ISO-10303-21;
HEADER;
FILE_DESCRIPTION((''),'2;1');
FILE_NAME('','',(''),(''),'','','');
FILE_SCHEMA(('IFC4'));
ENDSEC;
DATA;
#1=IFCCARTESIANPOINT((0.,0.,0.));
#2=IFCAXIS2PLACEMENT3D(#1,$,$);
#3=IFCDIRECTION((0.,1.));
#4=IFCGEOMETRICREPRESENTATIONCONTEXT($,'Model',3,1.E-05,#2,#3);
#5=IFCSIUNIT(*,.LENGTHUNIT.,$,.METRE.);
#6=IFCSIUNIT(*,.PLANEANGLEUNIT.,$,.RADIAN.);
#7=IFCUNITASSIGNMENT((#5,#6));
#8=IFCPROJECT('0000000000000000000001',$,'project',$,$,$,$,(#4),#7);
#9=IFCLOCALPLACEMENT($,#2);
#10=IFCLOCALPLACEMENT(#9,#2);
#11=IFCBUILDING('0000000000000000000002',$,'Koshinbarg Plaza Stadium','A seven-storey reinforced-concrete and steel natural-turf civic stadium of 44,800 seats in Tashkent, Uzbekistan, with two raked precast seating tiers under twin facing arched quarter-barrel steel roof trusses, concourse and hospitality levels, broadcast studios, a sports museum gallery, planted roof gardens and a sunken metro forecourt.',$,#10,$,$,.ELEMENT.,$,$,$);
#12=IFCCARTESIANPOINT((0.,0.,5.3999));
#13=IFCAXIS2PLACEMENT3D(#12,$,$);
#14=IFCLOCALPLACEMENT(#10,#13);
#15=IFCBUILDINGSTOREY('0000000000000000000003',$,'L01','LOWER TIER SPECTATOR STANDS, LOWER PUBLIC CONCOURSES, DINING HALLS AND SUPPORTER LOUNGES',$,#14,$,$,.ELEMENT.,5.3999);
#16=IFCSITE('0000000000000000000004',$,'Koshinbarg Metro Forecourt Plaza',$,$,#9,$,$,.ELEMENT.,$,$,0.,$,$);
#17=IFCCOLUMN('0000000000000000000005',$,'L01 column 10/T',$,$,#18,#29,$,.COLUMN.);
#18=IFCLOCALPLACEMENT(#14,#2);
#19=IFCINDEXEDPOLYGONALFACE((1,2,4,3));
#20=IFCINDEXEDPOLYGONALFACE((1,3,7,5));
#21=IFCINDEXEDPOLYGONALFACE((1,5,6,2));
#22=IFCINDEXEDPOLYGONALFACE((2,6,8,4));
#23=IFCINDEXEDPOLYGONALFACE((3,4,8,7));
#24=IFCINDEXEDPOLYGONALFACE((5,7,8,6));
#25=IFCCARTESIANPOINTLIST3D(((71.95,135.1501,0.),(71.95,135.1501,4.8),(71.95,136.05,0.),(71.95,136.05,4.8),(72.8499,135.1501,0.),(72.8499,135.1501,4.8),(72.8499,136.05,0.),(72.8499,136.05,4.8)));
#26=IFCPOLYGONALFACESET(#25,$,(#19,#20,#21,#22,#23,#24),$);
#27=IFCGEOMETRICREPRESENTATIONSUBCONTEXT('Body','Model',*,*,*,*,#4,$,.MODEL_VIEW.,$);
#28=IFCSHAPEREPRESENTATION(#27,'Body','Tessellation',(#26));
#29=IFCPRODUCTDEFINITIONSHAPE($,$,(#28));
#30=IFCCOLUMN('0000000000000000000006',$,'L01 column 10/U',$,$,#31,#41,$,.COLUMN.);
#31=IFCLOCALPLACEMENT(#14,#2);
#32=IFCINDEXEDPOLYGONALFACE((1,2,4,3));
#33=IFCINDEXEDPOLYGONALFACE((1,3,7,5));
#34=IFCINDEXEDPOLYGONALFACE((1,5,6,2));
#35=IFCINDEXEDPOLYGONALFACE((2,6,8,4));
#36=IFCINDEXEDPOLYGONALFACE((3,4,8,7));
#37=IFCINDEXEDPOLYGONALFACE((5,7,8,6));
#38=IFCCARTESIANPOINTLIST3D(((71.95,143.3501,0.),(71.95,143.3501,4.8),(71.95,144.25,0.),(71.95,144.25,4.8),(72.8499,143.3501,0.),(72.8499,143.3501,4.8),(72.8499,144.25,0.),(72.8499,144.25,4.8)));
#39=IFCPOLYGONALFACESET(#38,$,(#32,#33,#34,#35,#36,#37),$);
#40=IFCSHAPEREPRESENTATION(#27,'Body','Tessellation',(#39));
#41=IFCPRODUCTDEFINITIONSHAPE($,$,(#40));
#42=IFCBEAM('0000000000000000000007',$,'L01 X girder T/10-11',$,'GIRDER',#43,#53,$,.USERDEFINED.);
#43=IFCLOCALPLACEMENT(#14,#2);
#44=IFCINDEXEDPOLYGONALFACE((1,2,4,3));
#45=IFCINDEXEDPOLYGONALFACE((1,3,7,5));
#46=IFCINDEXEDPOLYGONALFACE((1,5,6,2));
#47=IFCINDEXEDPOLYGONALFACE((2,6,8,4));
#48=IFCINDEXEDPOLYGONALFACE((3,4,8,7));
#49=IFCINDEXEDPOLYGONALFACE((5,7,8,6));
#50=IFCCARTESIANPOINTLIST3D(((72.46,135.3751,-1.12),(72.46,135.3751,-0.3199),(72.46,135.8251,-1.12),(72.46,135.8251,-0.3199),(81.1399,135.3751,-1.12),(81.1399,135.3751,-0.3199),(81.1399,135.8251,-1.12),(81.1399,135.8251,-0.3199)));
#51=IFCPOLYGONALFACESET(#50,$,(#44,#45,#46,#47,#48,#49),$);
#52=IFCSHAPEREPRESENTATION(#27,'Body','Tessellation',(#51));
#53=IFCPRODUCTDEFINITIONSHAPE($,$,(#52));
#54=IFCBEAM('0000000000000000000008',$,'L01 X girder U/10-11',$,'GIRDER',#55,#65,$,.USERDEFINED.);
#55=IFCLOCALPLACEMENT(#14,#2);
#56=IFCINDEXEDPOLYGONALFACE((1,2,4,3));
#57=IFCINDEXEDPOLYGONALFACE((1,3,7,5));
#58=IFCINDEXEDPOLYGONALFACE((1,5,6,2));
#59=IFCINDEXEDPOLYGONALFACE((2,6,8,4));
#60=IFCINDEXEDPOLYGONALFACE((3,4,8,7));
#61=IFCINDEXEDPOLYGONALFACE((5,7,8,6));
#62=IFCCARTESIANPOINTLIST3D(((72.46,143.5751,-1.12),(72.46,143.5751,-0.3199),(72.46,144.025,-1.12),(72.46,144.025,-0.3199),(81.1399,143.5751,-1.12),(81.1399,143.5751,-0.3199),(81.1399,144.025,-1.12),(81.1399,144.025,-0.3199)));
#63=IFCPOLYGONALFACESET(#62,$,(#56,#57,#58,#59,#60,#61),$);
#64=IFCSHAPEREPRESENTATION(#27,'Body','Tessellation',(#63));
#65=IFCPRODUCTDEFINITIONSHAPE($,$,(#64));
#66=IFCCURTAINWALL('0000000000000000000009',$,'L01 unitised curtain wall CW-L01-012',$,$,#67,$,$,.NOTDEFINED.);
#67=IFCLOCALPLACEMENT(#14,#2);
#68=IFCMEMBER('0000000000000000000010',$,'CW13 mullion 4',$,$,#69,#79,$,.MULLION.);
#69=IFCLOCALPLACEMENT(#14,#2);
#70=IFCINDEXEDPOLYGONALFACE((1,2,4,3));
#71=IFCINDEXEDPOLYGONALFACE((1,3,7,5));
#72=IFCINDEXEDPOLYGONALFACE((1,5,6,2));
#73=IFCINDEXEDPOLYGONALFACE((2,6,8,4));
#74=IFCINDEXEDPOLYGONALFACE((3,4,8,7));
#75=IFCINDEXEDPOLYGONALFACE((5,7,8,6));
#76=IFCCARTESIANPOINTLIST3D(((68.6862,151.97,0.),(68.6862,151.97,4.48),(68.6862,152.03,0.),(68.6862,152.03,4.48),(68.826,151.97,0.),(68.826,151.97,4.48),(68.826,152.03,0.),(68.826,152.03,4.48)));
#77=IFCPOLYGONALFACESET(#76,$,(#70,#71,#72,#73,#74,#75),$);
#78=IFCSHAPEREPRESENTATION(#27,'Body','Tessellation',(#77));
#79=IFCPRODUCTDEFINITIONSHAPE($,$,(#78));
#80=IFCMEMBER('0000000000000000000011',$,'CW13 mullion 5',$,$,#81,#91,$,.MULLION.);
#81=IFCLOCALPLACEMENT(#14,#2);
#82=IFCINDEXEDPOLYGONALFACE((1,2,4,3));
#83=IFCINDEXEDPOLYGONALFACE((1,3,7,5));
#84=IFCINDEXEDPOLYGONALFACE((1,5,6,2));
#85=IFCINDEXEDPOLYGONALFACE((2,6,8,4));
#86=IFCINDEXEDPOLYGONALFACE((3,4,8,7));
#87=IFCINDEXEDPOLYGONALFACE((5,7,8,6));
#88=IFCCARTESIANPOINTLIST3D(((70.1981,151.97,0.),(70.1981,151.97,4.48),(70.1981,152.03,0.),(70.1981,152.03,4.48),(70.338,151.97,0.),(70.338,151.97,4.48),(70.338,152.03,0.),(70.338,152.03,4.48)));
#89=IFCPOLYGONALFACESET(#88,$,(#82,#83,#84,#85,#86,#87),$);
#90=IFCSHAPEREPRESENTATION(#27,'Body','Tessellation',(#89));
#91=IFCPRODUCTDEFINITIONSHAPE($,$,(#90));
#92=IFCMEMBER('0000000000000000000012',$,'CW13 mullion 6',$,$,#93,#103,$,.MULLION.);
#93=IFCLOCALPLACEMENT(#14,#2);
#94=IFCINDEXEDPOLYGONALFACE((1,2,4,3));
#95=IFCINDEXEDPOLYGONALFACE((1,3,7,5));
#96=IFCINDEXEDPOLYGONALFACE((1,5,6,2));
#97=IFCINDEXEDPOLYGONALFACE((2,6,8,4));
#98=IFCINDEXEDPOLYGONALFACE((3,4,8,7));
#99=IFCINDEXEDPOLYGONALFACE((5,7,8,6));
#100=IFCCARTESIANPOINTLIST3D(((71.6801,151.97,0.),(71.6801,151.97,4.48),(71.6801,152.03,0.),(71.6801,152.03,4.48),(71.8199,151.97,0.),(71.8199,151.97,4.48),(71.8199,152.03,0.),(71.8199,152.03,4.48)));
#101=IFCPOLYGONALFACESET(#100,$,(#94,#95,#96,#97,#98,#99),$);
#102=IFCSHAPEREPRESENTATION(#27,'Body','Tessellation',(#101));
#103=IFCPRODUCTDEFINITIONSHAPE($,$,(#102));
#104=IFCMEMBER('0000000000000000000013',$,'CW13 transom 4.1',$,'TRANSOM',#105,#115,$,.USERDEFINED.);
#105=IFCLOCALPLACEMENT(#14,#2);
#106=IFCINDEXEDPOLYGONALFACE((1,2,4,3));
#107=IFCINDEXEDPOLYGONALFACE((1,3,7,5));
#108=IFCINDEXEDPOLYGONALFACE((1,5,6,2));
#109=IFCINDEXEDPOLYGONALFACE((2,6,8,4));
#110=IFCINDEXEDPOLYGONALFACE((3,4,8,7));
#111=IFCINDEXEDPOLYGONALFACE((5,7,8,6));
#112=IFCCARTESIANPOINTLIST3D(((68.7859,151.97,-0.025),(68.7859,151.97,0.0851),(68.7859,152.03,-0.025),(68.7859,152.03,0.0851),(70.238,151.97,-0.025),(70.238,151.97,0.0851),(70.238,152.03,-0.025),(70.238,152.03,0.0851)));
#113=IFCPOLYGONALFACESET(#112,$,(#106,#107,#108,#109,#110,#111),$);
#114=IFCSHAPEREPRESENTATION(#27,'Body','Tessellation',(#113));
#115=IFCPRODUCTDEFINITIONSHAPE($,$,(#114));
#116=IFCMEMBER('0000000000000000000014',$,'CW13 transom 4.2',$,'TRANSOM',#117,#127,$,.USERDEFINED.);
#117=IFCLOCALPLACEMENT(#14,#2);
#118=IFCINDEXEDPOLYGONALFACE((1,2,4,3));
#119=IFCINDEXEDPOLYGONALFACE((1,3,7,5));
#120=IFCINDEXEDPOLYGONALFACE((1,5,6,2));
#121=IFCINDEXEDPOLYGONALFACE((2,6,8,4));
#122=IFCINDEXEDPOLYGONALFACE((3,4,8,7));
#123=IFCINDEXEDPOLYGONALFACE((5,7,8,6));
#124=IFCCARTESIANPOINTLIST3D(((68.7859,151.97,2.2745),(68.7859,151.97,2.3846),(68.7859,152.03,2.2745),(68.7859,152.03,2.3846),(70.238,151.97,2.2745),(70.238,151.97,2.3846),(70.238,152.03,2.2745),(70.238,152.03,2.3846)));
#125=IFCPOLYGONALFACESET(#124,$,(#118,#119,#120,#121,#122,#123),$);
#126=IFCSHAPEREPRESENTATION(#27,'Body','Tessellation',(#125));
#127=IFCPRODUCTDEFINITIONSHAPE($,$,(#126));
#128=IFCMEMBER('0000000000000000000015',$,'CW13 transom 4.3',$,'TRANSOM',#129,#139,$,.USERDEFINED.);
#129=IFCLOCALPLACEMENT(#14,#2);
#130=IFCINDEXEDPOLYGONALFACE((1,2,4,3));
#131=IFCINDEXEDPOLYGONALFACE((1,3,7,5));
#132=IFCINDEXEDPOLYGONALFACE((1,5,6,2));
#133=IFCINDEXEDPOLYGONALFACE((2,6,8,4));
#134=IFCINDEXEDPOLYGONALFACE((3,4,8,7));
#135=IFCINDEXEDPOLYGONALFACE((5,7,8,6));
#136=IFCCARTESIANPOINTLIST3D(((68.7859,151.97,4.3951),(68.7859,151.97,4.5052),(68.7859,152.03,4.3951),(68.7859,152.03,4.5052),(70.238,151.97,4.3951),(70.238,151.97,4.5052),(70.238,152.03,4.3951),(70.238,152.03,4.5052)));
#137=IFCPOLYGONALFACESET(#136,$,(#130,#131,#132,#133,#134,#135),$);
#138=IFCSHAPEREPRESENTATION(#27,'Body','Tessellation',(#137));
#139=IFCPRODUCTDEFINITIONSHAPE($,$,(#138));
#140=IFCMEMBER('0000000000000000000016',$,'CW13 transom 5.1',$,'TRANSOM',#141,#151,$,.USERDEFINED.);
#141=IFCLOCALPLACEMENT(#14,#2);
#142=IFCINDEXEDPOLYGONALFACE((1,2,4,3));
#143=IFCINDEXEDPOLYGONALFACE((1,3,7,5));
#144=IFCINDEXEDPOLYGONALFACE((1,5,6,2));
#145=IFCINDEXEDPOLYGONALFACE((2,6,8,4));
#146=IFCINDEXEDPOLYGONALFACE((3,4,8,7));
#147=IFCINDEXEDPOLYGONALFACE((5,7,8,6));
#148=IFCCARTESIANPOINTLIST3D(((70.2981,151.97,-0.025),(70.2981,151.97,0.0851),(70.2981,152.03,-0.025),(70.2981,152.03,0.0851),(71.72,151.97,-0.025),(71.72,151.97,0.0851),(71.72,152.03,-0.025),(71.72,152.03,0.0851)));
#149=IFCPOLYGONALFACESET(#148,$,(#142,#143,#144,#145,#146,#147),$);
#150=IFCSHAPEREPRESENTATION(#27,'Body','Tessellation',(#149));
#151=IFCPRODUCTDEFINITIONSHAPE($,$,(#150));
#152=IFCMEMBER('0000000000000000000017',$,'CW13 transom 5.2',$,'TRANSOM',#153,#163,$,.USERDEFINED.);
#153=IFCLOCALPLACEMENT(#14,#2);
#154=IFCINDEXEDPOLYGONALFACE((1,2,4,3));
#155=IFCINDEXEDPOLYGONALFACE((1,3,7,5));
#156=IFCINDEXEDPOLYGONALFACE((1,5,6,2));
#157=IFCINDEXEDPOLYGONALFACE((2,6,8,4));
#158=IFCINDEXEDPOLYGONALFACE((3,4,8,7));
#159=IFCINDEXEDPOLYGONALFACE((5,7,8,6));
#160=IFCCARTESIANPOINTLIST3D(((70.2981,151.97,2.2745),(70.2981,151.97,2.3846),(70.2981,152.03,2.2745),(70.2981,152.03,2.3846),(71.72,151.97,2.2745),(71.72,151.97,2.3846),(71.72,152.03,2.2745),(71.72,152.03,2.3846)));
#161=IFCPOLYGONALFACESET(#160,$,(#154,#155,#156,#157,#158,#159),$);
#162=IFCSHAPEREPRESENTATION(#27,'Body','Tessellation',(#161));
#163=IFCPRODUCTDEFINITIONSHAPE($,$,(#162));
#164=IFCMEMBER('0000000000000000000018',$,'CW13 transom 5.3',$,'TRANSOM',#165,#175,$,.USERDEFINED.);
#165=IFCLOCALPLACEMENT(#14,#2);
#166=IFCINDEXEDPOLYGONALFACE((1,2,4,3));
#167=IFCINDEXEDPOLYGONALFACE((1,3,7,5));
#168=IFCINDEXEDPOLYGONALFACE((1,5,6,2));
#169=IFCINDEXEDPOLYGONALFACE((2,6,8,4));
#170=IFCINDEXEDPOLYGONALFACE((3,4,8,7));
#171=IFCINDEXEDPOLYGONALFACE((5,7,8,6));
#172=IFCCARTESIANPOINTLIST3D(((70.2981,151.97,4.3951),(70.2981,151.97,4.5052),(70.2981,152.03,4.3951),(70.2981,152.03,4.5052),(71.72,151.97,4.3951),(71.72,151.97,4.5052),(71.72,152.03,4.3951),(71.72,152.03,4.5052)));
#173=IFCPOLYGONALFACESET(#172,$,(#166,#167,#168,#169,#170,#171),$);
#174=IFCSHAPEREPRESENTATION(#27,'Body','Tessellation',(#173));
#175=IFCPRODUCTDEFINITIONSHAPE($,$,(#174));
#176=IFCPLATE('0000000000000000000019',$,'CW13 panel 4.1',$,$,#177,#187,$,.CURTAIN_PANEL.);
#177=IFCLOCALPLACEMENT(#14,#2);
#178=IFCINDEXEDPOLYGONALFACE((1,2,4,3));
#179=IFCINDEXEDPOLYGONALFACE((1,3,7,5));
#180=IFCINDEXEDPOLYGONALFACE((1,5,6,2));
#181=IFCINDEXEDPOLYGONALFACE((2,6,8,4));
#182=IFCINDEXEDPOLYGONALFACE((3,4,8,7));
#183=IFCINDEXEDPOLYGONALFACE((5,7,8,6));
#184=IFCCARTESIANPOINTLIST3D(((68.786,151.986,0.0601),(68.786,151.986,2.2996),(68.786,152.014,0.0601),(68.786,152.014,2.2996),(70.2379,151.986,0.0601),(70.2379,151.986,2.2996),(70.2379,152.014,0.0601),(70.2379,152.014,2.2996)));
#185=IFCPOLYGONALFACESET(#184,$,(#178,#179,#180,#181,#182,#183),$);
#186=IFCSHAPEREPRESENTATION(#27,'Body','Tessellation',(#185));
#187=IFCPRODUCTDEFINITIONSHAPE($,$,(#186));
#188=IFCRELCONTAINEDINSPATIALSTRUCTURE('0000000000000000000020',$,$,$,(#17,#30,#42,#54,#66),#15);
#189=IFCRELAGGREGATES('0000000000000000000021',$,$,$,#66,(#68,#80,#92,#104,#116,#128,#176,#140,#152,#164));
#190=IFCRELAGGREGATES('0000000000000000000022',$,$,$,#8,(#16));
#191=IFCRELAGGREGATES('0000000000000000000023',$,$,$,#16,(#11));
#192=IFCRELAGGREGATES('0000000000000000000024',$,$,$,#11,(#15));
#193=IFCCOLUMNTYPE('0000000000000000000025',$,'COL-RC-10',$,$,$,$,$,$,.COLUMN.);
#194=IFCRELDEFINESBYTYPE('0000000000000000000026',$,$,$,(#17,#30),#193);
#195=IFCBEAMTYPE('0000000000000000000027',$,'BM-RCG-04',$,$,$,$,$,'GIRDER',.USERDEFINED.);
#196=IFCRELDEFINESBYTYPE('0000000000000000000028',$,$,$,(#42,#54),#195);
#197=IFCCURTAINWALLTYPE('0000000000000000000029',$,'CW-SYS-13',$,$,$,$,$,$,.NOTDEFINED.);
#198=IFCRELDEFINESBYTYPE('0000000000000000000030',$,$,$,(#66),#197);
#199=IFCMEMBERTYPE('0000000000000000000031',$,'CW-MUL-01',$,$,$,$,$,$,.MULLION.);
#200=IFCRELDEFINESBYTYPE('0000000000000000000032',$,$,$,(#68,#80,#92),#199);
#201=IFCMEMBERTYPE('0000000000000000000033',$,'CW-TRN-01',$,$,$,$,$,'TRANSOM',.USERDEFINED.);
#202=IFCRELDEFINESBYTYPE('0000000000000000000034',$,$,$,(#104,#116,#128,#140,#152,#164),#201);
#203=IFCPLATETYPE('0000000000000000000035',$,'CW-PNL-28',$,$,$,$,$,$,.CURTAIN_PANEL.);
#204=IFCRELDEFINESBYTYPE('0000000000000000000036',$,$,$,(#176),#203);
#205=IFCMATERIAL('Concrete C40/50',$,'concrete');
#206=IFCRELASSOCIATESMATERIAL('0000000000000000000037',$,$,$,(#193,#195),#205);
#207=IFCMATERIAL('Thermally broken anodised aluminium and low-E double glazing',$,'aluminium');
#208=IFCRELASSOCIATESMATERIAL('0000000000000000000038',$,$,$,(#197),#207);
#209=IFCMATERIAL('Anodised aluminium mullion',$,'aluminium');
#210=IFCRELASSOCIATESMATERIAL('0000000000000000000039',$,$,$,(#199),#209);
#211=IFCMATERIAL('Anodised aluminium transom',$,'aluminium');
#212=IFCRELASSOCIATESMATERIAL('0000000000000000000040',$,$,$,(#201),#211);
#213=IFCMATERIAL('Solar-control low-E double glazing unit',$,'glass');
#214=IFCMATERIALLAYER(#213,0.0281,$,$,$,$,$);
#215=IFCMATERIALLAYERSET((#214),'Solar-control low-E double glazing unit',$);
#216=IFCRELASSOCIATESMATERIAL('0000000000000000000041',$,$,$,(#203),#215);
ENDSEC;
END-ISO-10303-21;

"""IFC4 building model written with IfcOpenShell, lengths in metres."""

from ifc_helpers import new_model, si_unit, direction, frame, origin, origin_2d, place, context, subcontext, project, spatial, rectangle, extrude, material, layer, layer_set, material_profile, profile_set, type_object, element, aggregate, save


model = new_model("IFC4")

# Units and contexts
model_context = context("Model", 3, precision=1e-05, world=origin(), true_north=direction((0.0, 1.0)))
body_context = subcontext(model_context, "Body", "Model", "MODEL_VIEW")
ifc_project = project(units=[si_unit("LENGTHUNIT", "METRE"), si_unit("PLANEANGLEUNIT", "RADIAN")], contexts=[model_context])

# Site, building, storey
site_placement = place(None, origin())
site = spatial("IfcSite", under=ifc_project, at=site_placement, Name="Koshinbarg Metro Forecourt Plaza", CompositionType="ELEMENT", RefElevation=0.0)
building_placement = place(site_placement, origin())
building = spatial("IfcBuilding", under=site, at=building_placement, Name="Koshinbarg Plaza Stadium", Description="A seven-storey reinforced-concrete and steel natural-turf civic stadium of 44,800 seats in Tashkent, Uzbekistan, with two raked precast seating tiers under twin facing arched quarter-barrel steel roof trusses, concourse and hospitality levels, broadcast studios, a sports museum gallery, planted roof gardens and a sunken metro forecourt.", CompositionType="ELEMENT")
storey_placement = place(building_placement, frame((0.0, 0.0, 5.3999)))
storey = spatial("IfcBuildingStorey", under=building, at=storey_placement, Name="L01", Description="LOWER TIER SPECTATOR STANDS, LOWER PUBLIC CONCOURSES, DINING HALLS AND SUPPORTER LOUNGES", CompositionType="ELEMENT", Elevation=5.3999)

# Columns
ifc_material_1 = material(Name="Concrete C40/50", Category="concrete")
ifc_material_profile_1 = material_profile(ifc_material_1, rectangle(XDim=0.8999, YDim=0.8999, at=origin_2d()), Name="RC 900x900")
ifc_profile_set_1 = profile_set([ifc_material_profile_1], Name="Concrete C40/50")
column_type = type_object("IfcColumnType", Name="COL-RC-10", PredefinedType="COLUMN", material=ifc_profile_set_1)
for number, where, z_axis, x_axis, name in (
    (1, (72.3999, 135.6001, 0.0), (0.0, 0.0, 1.0), (1.0, 0.0, 0.0), "L01 column 10/T"),
    (2, (72.3999, 143.8, 0.0), (0.0, 0.0, 1.0), (1.0, 0.0, 0.0), "L01 column 10/U"),
):
    element("IfcColumn", number, at=place(storey_placement, frame(where, z_axis=z_axis, x_axis=x_axis)), inside=storey, type_object=column_type, Name=name, PredefinedType="COLUMN", context=body_context, shape_type="SweptSolid", body=[
        extrude(rectangle(XDim=0.8999, YDim=0.8999, at=origin_2d()), origin(), (0.0, 0.0, 1.0), 4.8),
    ])

# Beams
ifc_material_profile_2 = material_profile(ifc_material_1, rectangle(XDim=0.45, YDim=0.8, at=origin_2d()), Name="RC 450x800")
ifc_profile_set_2 = profile_set([ifc_material_profile_2], Name="Concrete C40/50")
beam_type = type_object("IfcBeamType", Name="BM-RCG-04", ElementType="GIRDER", PredefinedType="USERDEFINED", material=ifc_profile_set_2)
for number, where, z_axis, x_axis, name in (
    (3, (72.46, 135.6001, -0.72), (1.0, 0.0, 0.0), (0.0, 1.0, 0.0), "L01 X girder T/10-11"),
    (4, (72.46, 143.8, -0.72), (1.0, 0.0, 0.0), (0.0, 1.0, 0.0), "L01 X girder U/10-11"),
):
    element("IfcBeam", number, at=place(storey_placement, frame(where, z_axis=z_axis, x_axis=x_axis)), inside=storey, type_object=beam_type, Name=name, ObjectType="GIRDER", PredefinedType="USERDEFINED", context=body_context, shape_type="SweptSolid", body=[
        extrude(rectangle(XDim=0.45, YDim=0.8, at=origin_2d()), origin(), (0.0, 0.0, 1.0), 8.6799),
    ])

# Curtain wall, members, plate
ifc_material_2 = material(Name="Thermally broken anodised aluminium and low-E double glazing", Category="aluminium")
curtain_wall_type = type_object("IfcCurtainWallType", Name="CW-SYS-13", PredefinedType="NOTDEFINED", material=ifc_material_2)
curtain_wall_placement = place(storey_placement, origin())
curtain_wall = element("IfcCurtainWall", 5, at=curtain_wall_placement, inside=storey, type_object=curtain_wall_type, Name="L01 unitised curtain wall CW-L01-012", PredefinedType="NOTDEFINED")
ifc_material_3 = material(Name="Anodised aluminium mullion", Category="aluminium")
ifc_material_profile_3 = material_profile(ifc_material_3, rectangle(XDim=0.0601, YDim=0.1399, at=origin_2d()), Name="ALU 60x140")
ifc_profile_set_3 = profile_set([ifc_material_profile_3], Name="Anodised aluminium mullion")
member_type_1 = type_object("IfcMemberType", Name="CW-MUL-01", PredefinedType="MULLION", material=ifc_profile_set_3)
member_1_placement = place(storey_placement, frame((68.7561, 152.0, 0.0), z_axis=(0.0, 0.0, 1.0), x_axis=(0.0, 1.0, 0.0)))
member_1 = element("IfcMember", 6, at=member_1_placement, type_object=member_type_1, Name="CW13 mullion 4", PredefinedType="MULLION", context=body_context, shape_type="SweptSolid", body=[
    extrude(rectangle(XDim=0.0601, YDim=0.1399, at=origin_2d()), origin(), (0.0, 0.0, 1.0), 4.48),
])
member_2_placement = place(storey_placement, frame((70.2681, 152.0, 0.0), z_axis=(0.0, 0.0, 1.0), x_axis=(0.0, 1.0, 0.0)))
member_2 = element("IfcMember", 7, at=member_2_placement, type_object=member_type_1, Name="CW13 mullion 5", PredefinedType="MULLION", context=body_context, shape_type="SweptSolid", body=[
    extrude(rectangle(XDim=0.0601, YDim=0.1399, at=origin_2d()), origin(), (0.0, 0.0, 1.0), 4.48),
])
member_3_placement = place(storey_placement, frame((71.75, 152.0, 0.0), z_axis=(0.0, 0.0, 1.0), x_axis=(0.0, 1.0, 0.0)))
member_3 = element("IfcMember", 8, at=member_3_placement, type_object=member_type_1, Name="CW13 mullion 6", PredefinedType="MULLION", context=body_context, shape_type="SweptSolid", body=[
    extrude(rectangle(XDim=0.0601, YDim=0.1399, at=origin_2d()), origin(), (0.0, 0.0, 1.0), 4.48),
])
ifc_material_4 = material(Name="Anodised aluminium transom", Category="aluminium")
ifc_material_profile_4 = material_profile(ifc_material_4, rectangle(XDim=0.0601, YDim=0.1101, at=origin_2d()), Name="ALU 60x110")
ifc_profile_set_4 = profile_set([ifc_material_profile_4], Name="Anodised aluminium transom")
member_type_2 = type_object("IfcMemberType", Name="CW-TRN-01", ElementType="TRANSOM", PredefinedType="USERDEFINED", material=ifc_profile_set_4)
member_4_placement = place(storey_placement, frame((68.7859, 152.0, 0.03), z_axis=(1.0, 0.0, 0.0), x_axis=(0.0, 1.0, 0.0)))
member_4 = element("IfcMember", 9, at=member_4_placement, type_object=member_type_2, Name="CW13 transom 4.1", ObjectType="TRANSOM", PredefinedType="USERDEFINED", context=body_context, shape_type="SweptSolid", body=[
    extrude(rectangle(XDim=0.0601, YDim=0.1101, at=origin_2d()), origin(), (0.0, 0.0, 1.0), 1.4521),
])
member_5_placement = place(storey_placement, frame((68.7859, 152.0, 2.3296), z_axis=(1.0, 0.0, 0.0), x_axis=(0.0, 1.0, 0.0)))
member_5 = element("IfcMember", 10, at=member_5_placement, type_object=member_type_2, Name="CW13 transom 4.2", ObjectType="TRANSOM", PredefinedType="USERDEFINED", context=body_context, shape_type="SweptSolid", body=[
    extrude(rectangle(XDim=0.0601, YDim=0.1101, at=origin_2d()), origin(), (0.0, 0.0, 1.0), 1.4521),
])
member_6_placement = place(storey_placement, frame((68.7859, 152.0, 4.4502), z_axis=(1.0, 0.0, 0.0), x_axis=(0.0, 1.0, 0.0)))
member_6 = element("IfcMember", 11, at=member_6_placement, type_object=member_type_2, Name="CW13 transom 4.3", ObjectType="TRANSOM", PredefinedType="USERDEFINED", context=body_context, shape_type="SweptSolid", body=[
    extrude(rectangle(XDim=0.0601, YDim=0.1101, at=origin_2d()), origin(), (0.0, 0.0, 1.0), 1.4521),
])
member_7_placement = place(storey_placement, frame((70.2981, 152.0, 0.03), z_axis=(1.0, 0.0, 0.0), x_axis=(0.0, 1.0, 0.0)))
member_7 = element("IfcMember", 12, at=member_7_placement, type_object=member_type_2, Name="CW13 transom 5.1", ObjectType="TRANSOM", PredefinedType="USERDEFINED", context=body_context, shape_type="SweptSolid", body=[
    extrude(rectangle(XDim=0.0601, YDim=0.1101, at=origin_2d()), origin(), (0.0, 0.0, 1.0), 1.4219),
])
member_8_placement = place(storey_placement, frame((70.2981, 152.0, 2.3296), z_axis=(1.0, 0.0, 0.0), x_axis=(0.0, 1.0, 0.0)))
member_8 = element("IfcMember", 13, at=member_8_placement, type_object=member_type_2, Name="CW13 transom 5.2", ObjectType="TRANSOM", PredefinedType="USERDEFINED", context=body_context, shape_type="SweptSolid", body=[
    extrude(rectangle(XDim=0.0601, YDim=0.1101, at=origin_2d()), origin(), (0.0, 0.0, 1.0), 1.4219),
])
member_9_placement = place(storey_placement, frame((70.2981, 152.0, 4.4502), z_axis=(1.0, 0.0, 0.0), x_axis=(0.0, 1.0, 0.0)))
member_9 = element("IfcMember", 14, at=member_9_placement, type_object=member_type_2, Name="CW13 transom 5.3", ObjectType="TRANSOM", PredefinedType="USERDEFINED", context=body_context, shape_type="SweptSolid", body=[
    extrude(rectangle(XDim=0.0601, YDim=0.1101, at=origin_2d()), origin(), (0.0, 0.0, 1.0), 1.4219),
])
ifc_material_5 = material(Name="Solar-control low-E double glazing unit", Category="glass")
ifc_layer_1 = layer(ifc_material_5, 0.0281)
ifc_layer_set_1 = layer_set([ifc_layer_1], Name="Solar-control low-E double glazing unit")
plate_type = type_object("IfcPlateType", Name="CW-PNL-28", PredefinedType="CURTAIN_PANEL", material=ifc_layer_set_1)
plate_1_placement = place(storey_placement, frame((69.512, 152.0, 0.0601), z_axis=(0.0, 0.0, 1.0), x_axis=(1.0, 0.0, 0.0)))
plate_1 = element("IfcPlate", 15, at=plate_1_placement, type_object=plate_type, Name="CW13 panel 4.1", PredefinedType="CURTAIN_PANEL", context=body_context, shape_type="SweptSolid", body=[
    extrude(rectangle(XDim=1.4519, YDim=0.0281, at=origin_2d()), origin(), (0.0, 0.0, 1.0), 2.2395),
])
aggregate(curtain_wall, [member_1, member_2, member_3, member_4, member_5, member_6, plate_1, member_7, member_8, member_9])

save(model, "model.ifc")
